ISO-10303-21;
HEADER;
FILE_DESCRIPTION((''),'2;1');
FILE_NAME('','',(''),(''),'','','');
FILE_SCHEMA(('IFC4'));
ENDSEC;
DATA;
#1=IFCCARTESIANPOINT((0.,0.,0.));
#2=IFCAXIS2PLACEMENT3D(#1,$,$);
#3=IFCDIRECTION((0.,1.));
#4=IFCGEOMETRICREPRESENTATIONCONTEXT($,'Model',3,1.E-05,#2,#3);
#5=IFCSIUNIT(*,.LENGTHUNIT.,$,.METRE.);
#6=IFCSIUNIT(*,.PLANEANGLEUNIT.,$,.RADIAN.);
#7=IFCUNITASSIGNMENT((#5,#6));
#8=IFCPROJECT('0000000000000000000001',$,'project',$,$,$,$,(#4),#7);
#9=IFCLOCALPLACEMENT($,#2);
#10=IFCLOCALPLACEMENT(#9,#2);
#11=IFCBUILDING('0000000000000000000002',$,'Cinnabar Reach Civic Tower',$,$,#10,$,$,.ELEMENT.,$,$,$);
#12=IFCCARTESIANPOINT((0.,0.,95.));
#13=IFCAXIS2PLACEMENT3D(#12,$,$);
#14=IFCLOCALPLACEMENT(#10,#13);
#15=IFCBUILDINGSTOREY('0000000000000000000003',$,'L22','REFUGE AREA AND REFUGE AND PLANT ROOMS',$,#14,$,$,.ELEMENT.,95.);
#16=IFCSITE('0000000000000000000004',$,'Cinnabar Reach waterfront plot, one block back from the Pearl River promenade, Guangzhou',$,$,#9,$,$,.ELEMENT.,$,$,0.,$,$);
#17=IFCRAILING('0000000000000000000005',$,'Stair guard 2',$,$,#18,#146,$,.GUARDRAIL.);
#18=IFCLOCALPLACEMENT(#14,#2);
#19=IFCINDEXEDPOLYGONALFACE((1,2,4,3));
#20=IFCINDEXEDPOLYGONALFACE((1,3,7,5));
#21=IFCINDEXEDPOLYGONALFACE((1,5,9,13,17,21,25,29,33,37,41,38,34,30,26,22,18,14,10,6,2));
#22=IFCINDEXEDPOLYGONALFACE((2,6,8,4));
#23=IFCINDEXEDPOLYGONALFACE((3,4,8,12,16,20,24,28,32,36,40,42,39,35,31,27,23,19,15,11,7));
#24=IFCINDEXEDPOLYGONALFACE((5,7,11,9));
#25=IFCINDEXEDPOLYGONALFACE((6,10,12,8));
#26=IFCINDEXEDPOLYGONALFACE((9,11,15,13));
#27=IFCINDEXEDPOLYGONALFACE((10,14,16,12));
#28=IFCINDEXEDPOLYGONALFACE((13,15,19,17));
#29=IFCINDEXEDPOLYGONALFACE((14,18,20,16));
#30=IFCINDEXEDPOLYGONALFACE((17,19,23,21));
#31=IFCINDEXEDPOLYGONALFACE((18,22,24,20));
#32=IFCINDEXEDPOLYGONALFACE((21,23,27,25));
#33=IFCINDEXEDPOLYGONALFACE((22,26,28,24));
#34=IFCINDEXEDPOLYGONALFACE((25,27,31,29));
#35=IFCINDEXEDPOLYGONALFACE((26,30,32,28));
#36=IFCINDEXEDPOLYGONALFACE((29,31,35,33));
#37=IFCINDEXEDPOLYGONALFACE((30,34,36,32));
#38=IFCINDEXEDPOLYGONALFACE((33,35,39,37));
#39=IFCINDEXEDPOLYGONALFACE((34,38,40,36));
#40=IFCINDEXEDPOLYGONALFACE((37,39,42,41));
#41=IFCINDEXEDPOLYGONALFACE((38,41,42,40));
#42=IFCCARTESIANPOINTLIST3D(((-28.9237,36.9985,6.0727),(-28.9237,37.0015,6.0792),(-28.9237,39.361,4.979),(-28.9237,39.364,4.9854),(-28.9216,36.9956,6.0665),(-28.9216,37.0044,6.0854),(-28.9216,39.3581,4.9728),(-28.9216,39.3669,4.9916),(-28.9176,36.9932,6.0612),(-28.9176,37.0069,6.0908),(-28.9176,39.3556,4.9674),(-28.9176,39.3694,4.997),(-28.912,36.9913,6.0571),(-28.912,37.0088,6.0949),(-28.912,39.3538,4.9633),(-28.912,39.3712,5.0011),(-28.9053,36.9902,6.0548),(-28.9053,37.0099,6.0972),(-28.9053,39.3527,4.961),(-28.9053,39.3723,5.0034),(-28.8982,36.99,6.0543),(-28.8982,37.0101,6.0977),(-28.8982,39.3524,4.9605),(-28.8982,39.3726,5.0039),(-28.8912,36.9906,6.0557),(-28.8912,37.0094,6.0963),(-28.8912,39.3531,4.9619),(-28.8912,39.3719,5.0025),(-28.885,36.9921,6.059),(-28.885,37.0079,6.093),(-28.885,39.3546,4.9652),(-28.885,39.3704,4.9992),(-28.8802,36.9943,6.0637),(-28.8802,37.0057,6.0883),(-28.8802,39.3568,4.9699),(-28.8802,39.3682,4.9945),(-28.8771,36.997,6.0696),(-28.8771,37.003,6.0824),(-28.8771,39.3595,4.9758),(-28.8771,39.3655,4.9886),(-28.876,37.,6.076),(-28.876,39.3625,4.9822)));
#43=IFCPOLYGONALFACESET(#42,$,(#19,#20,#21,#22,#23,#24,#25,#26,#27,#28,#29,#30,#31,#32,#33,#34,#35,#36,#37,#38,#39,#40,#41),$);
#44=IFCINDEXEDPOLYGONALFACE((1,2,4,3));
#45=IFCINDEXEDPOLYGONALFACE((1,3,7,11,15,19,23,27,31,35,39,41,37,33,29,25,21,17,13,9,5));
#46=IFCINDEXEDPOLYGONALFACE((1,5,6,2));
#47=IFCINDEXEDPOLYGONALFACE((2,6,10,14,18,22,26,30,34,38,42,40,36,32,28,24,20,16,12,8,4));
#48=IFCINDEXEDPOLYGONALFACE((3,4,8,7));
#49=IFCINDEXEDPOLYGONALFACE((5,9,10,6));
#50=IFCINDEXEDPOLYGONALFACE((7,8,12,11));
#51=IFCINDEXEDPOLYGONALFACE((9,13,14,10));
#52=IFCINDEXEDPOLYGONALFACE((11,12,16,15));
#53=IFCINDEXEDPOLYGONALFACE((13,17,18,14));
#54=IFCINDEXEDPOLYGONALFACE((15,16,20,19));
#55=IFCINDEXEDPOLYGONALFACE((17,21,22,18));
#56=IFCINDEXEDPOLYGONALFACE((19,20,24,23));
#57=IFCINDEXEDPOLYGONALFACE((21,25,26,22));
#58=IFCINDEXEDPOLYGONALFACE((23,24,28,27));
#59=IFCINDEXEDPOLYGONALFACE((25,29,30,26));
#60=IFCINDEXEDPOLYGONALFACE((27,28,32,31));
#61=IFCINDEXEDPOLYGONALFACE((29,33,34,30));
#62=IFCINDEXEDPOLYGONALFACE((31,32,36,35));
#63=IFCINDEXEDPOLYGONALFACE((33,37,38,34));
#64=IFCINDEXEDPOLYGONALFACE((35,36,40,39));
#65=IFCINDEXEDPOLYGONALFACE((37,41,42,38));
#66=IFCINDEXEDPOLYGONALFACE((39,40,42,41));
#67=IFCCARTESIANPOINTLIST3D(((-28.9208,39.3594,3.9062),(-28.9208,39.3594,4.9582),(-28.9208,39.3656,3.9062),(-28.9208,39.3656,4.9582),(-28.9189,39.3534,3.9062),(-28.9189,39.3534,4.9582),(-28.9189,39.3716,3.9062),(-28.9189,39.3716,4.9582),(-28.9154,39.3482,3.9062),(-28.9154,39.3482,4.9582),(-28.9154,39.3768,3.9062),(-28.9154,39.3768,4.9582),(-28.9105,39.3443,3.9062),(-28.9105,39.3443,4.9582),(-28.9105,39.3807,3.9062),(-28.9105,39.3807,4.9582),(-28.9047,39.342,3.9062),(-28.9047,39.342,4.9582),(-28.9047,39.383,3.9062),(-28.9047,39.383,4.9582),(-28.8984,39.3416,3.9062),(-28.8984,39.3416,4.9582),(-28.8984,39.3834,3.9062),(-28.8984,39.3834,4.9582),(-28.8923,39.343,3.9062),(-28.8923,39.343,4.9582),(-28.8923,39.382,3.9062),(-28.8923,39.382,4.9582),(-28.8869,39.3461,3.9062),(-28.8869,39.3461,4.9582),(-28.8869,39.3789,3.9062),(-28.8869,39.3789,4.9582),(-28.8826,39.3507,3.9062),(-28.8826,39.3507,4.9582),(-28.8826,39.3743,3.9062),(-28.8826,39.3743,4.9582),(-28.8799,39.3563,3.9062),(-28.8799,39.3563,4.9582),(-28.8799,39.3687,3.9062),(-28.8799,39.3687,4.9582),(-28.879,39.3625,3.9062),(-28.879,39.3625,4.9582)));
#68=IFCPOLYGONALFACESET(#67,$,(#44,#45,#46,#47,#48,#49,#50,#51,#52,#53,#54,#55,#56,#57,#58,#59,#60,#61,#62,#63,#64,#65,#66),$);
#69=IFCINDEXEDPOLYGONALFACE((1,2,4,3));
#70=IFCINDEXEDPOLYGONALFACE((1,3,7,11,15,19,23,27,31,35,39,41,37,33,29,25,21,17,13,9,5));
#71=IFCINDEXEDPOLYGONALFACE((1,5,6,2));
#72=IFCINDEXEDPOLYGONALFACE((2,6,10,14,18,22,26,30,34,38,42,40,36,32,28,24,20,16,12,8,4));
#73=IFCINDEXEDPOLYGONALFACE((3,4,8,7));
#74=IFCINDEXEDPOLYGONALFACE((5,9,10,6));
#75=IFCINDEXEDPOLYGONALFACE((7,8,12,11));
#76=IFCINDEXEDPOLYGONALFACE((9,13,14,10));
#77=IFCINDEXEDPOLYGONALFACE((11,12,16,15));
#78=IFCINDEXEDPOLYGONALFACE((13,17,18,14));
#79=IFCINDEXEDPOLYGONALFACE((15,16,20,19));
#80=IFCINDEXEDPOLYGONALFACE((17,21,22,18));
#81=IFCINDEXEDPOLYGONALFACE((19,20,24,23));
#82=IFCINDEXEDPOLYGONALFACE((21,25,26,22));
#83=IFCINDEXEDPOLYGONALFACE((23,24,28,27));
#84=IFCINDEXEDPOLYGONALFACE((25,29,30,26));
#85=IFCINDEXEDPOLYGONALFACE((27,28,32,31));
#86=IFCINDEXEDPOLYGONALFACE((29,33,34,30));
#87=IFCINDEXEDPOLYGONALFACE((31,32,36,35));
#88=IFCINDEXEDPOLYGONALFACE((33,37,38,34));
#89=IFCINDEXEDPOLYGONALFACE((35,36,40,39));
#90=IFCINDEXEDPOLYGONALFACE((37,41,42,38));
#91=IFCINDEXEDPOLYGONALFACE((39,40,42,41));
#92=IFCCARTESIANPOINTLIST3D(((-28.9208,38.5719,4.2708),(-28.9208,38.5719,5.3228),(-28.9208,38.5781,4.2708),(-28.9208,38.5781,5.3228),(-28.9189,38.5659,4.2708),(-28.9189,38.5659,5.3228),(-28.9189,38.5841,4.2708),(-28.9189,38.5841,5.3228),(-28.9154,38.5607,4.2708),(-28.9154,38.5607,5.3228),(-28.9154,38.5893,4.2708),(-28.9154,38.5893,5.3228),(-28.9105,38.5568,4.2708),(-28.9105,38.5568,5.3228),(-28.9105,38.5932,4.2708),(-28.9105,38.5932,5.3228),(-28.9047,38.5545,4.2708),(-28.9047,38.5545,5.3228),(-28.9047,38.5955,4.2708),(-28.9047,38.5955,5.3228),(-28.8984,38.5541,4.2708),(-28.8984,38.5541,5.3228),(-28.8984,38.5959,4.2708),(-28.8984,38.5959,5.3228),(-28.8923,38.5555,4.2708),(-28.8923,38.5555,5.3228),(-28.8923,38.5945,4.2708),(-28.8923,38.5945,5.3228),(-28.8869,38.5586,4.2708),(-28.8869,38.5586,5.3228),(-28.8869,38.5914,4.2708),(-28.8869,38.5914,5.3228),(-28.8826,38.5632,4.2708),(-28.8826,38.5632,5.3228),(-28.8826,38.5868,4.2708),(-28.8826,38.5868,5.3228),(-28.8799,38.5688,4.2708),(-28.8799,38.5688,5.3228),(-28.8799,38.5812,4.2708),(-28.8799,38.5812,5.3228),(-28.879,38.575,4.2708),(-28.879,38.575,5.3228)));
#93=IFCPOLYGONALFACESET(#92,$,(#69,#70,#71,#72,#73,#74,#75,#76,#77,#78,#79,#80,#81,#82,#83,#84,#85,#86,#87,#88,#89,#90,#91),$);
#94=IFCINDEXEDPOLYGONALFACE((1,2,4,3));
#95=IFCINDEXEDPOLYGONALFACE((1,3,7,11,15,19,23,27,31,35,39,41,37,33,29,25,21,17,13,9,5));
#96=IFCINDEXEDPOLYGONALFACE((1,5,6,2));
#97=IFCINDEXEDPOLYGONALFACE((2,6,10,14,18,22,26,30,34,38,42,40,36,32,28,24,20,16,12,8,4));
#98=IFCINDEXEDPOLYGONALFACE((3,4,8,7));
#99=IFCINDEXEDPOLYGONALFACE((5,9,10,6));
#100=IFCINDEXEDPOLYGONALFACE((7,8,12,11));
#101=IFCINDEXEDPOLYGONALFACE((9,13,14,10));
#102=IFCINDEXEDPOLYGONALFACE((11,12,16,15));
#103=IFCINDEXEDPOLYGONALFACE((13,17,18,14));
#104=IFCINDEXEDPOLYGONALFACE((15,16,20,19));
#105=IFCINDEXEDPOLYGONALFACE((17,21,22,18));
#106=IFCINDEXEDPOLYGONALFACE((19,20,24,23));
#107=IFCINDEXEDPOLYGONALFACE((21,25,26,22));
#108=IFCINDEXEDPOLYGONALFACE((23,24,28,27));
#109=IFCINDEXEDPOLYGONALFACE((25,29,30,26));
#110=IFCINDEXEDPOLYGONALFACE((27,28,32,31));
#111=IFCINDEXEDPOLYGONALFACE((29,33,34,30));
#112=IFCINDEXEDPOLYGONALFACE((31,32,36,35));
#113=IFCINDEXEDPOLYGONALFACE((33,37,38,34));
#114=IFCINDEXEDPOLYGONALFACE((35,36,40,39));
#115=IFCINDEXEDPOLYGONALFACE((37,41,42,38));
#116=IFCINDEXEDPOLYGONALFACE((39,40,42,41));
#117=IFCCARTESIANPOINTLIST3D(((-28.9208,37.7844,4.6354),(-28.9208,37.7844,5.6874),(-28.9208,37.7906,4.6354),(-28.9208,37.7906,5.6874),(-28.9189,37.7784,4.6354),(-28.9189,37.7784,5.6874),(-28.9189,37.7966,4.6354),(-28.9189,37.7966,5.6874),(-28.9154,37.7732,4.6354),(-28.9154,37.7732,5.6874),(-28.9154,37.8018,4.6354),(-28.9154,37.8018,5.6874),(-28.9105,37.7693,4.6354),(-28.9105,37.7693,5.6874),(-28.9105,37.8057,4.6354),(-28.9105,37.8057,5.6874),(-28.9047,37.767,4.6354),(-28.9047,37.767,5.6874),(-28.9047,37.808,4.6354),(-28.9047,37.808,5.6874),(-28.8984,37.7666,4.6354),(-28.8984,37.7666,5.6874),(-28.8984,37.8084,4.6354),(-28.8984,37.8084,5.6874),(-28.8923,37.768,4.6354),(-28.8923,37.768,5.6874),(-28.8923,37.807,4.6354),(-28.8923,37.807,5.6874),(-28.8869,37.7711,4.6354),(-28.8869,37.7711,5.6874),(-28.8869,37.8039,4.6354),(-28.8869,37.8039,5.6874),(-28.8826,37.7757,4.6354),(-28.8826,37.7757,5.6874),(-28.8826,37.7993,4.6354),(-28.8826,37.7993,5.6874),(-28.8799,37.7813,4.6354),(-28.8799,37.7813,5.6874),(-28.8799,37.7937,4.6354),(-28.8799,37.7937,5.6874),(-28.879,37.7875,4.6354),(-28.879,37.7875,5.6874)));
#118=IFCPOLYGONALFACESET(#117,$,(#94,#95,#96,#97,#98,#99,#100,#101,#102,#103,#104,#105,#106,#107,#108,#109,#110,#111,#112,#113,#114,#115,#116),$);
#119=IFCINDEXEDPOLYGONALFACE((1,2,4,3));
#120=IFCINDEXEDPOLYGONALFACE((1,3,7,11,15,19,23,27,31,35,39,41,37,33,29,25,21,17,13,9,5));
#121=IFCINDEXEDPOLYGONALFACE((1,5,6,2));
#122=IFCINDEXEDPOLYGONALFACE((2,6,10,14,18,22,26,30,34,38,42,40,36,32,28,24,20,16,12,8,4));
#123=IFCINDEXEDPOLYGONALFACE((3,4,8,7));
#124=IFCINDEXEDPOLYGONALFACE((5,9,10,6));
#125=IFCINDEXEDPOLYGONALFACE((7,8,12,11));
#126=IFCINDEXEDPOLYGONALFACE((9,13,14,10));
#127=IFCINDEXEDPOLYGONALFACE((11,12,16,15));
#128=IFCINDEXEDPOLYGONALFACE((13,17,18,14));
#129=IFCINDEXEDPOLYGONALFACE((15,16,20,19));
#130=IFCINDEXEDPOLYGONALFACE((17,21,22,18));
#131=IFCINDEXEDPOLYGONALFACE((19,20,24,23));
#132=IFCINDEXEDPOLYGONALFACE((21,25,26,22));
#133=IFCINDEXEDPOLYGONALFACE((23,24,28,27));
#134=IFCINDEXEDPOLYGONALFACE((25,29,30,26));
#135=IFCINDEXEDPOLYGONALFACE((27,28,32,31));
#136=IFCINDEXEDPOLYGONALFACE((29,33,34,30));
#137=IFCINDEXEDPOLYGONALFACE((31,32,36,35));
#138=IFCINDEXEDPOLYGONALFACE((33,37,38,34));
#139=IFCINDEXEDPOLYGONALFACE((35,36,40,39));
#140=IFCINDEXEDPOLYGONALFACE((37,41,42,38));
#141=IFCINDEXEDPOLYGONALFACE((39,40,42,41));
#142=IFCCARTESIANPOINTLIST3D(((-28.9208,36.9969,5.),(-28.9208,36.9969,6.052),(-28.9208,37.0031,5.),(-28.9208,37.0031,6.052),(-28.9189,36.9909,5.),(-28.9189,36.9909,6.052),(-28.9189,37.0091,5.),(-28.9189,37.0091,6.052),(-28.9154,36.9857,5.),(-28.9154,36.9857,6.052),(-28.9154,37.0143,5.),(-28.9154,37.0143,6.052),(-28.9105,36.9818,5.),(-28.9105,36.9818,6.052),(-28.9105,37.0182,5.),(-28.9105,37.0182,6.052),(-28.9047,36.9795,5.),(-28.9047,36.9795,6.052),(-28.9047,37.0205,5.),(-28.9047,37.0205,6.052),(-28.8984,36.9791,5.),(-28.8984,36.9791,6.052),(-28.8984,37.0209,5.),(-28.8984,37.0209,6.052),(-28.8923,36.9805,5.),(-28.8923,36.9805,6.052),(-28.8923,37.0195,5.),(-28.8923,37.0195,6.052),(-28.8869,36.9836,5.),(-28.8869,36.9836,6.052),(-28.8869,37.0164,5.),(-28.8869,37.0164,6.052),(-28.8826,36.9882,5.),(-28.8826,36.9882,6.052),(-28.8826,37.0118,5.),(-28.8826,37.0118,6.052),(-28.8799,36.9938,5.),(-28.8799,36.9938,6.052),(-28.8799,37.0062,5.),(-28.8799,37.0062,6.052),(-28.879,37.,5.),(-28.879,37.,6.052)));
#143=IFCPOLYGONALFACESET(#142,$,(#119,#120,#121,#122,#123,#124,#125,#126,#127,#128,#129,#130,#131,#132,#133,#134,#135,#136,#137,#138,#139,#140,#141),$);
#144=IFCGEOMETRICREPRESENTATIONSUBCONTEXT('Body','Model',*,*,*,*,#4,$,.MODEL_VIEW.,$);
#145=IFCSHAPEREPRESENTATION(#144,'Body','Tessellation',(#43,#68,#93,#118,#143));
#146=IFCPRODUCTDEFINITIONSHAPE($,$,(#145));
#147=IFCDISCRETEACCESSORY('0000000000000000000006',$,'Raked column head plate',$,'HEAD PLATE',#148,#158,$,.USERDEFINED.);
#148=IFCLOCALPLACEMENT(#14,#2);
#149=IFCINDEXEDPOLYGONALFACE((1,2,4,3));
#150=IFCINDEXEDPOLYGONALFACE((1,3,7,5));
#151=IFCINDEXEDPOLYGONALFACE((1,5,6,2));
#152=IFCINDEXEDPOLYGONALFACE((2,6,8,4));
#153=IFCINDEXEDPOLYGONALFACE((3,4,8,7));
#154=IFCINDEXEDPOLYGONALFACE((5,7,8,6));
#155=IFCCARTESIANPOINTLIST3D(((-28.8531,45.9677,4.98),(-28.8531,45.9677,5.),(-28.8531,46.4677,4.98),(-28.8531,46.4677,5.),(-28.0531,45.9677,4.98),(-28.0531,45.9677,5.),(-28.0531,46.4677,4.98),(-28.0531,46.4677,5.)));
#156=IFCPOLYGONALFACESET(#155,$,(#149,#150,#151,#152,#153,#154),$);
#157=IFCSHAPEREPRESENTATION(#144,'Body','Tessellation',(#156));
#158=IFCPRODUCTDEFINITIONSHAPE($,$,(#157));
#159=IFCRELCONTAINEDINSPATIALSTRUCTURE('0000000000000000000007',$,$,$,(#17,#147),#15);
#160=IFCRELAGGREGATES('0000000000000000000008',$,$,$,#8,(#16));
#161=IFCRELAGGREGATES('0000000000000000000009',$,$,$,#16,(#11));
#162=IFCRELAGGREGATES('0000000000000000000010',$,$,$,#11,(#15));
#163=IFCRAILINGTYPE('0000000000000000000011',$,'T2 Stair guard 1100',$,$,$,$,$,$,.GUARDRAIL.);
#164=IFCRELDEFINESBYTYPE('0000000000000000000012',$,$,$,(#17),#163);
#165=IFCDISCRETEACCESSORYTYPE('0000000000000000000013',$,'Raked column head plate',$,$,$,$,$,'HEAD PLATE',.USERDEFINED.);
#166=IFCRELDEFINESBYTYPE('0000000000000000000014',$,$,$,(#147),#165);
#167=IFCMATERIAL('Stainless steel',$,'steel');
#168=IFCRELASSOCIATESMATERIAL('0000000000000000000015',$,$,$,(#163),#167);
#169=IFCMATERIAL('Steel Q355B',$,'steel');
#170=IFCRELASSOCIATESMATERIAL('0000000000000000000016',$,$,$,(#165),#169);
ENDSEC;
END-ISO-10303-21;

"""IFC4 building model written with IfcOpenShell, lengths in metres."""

from ifc_helpers import new_model, si_unit, direction, frame, origin, origin_2d, place, context, subcontext, project, spatial, rectangle, circle, extrude, material, type_object, element, save


model = new_model("IFC4")

# Units and contexts
model_context = context("Model", 3, precision=1e-05, world=origin(), true_north=direction((0.0, 1.0)))
body_context = subcontext(model_context, "Body", "Model", "MODEL_VIEW")
ifc_project = project(units=[si_unit("LENGTHUNIT", "METRE"), si_unit("PLANEANGLEUNIT", "RADIAN")], contexts=[model_context])

# Site, building, storey
site_placement = place(None, origin())
site = spatial("IfcSite", under=ifc_project, at=site_placement, Name="Cinnabar Reach waterfront plot, one block back from the Pearl River promenade, Guangzhou", CompositionType="ELEMENT", RefElevation=0.0)
building_placement = place(site_placement, origin())
building = spatial("IfcBuilding", under=site, at=building_placement, Name="Cinnabar Reach Civic Tower", CompositionType="ELEMENT")
storey_placement = place(building_placement, frame((0.0, 0.0, 95.0)))
storey = spatial("IfcBuildingStorey", under=building, at=storey_placement, Name="L22", Description="REFUGE AREA AND REFUGE AND PLANT ROOMS", CompositionType="ELEMENT", Elevation=95.0)

# Shared definitions
ifc_material_1 = material(Name="Steel Q355B", Category="steel")

# Railing
ifc_material_2 = material(Name="Stainless steel", Category="steel")
railing_type = type_object("IfcRailingType", Name="T2 Stair guard 1100", PredefinedType="GUARDRAIL", material=ifc_material_2)
railing_1_placement = place(storey_placement, frame((-28.9, 39.3625, 3.9062)))
element("IfcRailing", 1, at=railing_1_placement, inside=storey, type_object=railing_type, Name="Stair guard 2", PredefinedType="GUARDRAIL", context=body_context, shape_type="SweptSolid", body=[
    extrude(circle(Radius=0.024, at=origin_2d()), frame((0.0, 0.0, 1.076), z_axis=(0.0, -0.90746, 0.420139), x_axis=(1.0, 0.0, 0.0)), (0.0, 0.0, 1.0), 2.6034),
    extrude(circle(Radius=0.021, at=origin_2d()), origin(), (0.0, 0.0, 1.0), 1.052),
    extrude(circle(Radius=0.021, at=origin_2d()), frame((0.0, -0.7875, 0.3646)), (0.0, 0.0, 1.0), 1.052),
    extrude(circle(Radius=0.021, at=origin_2d()), frame((0.0, -1.575, 0.7292)), (0.0, 0.0, 1.0), 1.052),
    extrude(circle(Radius=0.021, at=origin_2d()), frame((0.0, -2.3625, 1.0938)), (0.0, 0.0, 1.0), 1.052),
])

# Discrete accessory
discrete_accessory_type = type_object("IfcDiscreteAccessoryType", Name="Raked column head plate", ElementType="HEAD PLATE", PredefinedType="USERDEFINED", material=ifc_material_1)
discrete_accessory_placement = place(storey_placement, frame((-28.4531, 46.2177, 4.98), z_axis=(0.0, 0.0, 1.0), x_axis=(0.0, 1.0, 0.0)))
element("IfcDiscreteAccessory", 2, at=discrete_accessory_placement, inside=storey, type_object=discrete_accessory_type, Name="Raked column head plate", ObjectType="HEAD PLATE", PredefinedType="USERDEFINED", context=body_context, shape_type="SweptSolid", body=[
    extrude(rectangle(XDim=0.5, YDim=0.8, at=origin_2d()), origin(), (0.0, 0.0, 1.0), 0.02),
])

save(model, "model.ifc")
